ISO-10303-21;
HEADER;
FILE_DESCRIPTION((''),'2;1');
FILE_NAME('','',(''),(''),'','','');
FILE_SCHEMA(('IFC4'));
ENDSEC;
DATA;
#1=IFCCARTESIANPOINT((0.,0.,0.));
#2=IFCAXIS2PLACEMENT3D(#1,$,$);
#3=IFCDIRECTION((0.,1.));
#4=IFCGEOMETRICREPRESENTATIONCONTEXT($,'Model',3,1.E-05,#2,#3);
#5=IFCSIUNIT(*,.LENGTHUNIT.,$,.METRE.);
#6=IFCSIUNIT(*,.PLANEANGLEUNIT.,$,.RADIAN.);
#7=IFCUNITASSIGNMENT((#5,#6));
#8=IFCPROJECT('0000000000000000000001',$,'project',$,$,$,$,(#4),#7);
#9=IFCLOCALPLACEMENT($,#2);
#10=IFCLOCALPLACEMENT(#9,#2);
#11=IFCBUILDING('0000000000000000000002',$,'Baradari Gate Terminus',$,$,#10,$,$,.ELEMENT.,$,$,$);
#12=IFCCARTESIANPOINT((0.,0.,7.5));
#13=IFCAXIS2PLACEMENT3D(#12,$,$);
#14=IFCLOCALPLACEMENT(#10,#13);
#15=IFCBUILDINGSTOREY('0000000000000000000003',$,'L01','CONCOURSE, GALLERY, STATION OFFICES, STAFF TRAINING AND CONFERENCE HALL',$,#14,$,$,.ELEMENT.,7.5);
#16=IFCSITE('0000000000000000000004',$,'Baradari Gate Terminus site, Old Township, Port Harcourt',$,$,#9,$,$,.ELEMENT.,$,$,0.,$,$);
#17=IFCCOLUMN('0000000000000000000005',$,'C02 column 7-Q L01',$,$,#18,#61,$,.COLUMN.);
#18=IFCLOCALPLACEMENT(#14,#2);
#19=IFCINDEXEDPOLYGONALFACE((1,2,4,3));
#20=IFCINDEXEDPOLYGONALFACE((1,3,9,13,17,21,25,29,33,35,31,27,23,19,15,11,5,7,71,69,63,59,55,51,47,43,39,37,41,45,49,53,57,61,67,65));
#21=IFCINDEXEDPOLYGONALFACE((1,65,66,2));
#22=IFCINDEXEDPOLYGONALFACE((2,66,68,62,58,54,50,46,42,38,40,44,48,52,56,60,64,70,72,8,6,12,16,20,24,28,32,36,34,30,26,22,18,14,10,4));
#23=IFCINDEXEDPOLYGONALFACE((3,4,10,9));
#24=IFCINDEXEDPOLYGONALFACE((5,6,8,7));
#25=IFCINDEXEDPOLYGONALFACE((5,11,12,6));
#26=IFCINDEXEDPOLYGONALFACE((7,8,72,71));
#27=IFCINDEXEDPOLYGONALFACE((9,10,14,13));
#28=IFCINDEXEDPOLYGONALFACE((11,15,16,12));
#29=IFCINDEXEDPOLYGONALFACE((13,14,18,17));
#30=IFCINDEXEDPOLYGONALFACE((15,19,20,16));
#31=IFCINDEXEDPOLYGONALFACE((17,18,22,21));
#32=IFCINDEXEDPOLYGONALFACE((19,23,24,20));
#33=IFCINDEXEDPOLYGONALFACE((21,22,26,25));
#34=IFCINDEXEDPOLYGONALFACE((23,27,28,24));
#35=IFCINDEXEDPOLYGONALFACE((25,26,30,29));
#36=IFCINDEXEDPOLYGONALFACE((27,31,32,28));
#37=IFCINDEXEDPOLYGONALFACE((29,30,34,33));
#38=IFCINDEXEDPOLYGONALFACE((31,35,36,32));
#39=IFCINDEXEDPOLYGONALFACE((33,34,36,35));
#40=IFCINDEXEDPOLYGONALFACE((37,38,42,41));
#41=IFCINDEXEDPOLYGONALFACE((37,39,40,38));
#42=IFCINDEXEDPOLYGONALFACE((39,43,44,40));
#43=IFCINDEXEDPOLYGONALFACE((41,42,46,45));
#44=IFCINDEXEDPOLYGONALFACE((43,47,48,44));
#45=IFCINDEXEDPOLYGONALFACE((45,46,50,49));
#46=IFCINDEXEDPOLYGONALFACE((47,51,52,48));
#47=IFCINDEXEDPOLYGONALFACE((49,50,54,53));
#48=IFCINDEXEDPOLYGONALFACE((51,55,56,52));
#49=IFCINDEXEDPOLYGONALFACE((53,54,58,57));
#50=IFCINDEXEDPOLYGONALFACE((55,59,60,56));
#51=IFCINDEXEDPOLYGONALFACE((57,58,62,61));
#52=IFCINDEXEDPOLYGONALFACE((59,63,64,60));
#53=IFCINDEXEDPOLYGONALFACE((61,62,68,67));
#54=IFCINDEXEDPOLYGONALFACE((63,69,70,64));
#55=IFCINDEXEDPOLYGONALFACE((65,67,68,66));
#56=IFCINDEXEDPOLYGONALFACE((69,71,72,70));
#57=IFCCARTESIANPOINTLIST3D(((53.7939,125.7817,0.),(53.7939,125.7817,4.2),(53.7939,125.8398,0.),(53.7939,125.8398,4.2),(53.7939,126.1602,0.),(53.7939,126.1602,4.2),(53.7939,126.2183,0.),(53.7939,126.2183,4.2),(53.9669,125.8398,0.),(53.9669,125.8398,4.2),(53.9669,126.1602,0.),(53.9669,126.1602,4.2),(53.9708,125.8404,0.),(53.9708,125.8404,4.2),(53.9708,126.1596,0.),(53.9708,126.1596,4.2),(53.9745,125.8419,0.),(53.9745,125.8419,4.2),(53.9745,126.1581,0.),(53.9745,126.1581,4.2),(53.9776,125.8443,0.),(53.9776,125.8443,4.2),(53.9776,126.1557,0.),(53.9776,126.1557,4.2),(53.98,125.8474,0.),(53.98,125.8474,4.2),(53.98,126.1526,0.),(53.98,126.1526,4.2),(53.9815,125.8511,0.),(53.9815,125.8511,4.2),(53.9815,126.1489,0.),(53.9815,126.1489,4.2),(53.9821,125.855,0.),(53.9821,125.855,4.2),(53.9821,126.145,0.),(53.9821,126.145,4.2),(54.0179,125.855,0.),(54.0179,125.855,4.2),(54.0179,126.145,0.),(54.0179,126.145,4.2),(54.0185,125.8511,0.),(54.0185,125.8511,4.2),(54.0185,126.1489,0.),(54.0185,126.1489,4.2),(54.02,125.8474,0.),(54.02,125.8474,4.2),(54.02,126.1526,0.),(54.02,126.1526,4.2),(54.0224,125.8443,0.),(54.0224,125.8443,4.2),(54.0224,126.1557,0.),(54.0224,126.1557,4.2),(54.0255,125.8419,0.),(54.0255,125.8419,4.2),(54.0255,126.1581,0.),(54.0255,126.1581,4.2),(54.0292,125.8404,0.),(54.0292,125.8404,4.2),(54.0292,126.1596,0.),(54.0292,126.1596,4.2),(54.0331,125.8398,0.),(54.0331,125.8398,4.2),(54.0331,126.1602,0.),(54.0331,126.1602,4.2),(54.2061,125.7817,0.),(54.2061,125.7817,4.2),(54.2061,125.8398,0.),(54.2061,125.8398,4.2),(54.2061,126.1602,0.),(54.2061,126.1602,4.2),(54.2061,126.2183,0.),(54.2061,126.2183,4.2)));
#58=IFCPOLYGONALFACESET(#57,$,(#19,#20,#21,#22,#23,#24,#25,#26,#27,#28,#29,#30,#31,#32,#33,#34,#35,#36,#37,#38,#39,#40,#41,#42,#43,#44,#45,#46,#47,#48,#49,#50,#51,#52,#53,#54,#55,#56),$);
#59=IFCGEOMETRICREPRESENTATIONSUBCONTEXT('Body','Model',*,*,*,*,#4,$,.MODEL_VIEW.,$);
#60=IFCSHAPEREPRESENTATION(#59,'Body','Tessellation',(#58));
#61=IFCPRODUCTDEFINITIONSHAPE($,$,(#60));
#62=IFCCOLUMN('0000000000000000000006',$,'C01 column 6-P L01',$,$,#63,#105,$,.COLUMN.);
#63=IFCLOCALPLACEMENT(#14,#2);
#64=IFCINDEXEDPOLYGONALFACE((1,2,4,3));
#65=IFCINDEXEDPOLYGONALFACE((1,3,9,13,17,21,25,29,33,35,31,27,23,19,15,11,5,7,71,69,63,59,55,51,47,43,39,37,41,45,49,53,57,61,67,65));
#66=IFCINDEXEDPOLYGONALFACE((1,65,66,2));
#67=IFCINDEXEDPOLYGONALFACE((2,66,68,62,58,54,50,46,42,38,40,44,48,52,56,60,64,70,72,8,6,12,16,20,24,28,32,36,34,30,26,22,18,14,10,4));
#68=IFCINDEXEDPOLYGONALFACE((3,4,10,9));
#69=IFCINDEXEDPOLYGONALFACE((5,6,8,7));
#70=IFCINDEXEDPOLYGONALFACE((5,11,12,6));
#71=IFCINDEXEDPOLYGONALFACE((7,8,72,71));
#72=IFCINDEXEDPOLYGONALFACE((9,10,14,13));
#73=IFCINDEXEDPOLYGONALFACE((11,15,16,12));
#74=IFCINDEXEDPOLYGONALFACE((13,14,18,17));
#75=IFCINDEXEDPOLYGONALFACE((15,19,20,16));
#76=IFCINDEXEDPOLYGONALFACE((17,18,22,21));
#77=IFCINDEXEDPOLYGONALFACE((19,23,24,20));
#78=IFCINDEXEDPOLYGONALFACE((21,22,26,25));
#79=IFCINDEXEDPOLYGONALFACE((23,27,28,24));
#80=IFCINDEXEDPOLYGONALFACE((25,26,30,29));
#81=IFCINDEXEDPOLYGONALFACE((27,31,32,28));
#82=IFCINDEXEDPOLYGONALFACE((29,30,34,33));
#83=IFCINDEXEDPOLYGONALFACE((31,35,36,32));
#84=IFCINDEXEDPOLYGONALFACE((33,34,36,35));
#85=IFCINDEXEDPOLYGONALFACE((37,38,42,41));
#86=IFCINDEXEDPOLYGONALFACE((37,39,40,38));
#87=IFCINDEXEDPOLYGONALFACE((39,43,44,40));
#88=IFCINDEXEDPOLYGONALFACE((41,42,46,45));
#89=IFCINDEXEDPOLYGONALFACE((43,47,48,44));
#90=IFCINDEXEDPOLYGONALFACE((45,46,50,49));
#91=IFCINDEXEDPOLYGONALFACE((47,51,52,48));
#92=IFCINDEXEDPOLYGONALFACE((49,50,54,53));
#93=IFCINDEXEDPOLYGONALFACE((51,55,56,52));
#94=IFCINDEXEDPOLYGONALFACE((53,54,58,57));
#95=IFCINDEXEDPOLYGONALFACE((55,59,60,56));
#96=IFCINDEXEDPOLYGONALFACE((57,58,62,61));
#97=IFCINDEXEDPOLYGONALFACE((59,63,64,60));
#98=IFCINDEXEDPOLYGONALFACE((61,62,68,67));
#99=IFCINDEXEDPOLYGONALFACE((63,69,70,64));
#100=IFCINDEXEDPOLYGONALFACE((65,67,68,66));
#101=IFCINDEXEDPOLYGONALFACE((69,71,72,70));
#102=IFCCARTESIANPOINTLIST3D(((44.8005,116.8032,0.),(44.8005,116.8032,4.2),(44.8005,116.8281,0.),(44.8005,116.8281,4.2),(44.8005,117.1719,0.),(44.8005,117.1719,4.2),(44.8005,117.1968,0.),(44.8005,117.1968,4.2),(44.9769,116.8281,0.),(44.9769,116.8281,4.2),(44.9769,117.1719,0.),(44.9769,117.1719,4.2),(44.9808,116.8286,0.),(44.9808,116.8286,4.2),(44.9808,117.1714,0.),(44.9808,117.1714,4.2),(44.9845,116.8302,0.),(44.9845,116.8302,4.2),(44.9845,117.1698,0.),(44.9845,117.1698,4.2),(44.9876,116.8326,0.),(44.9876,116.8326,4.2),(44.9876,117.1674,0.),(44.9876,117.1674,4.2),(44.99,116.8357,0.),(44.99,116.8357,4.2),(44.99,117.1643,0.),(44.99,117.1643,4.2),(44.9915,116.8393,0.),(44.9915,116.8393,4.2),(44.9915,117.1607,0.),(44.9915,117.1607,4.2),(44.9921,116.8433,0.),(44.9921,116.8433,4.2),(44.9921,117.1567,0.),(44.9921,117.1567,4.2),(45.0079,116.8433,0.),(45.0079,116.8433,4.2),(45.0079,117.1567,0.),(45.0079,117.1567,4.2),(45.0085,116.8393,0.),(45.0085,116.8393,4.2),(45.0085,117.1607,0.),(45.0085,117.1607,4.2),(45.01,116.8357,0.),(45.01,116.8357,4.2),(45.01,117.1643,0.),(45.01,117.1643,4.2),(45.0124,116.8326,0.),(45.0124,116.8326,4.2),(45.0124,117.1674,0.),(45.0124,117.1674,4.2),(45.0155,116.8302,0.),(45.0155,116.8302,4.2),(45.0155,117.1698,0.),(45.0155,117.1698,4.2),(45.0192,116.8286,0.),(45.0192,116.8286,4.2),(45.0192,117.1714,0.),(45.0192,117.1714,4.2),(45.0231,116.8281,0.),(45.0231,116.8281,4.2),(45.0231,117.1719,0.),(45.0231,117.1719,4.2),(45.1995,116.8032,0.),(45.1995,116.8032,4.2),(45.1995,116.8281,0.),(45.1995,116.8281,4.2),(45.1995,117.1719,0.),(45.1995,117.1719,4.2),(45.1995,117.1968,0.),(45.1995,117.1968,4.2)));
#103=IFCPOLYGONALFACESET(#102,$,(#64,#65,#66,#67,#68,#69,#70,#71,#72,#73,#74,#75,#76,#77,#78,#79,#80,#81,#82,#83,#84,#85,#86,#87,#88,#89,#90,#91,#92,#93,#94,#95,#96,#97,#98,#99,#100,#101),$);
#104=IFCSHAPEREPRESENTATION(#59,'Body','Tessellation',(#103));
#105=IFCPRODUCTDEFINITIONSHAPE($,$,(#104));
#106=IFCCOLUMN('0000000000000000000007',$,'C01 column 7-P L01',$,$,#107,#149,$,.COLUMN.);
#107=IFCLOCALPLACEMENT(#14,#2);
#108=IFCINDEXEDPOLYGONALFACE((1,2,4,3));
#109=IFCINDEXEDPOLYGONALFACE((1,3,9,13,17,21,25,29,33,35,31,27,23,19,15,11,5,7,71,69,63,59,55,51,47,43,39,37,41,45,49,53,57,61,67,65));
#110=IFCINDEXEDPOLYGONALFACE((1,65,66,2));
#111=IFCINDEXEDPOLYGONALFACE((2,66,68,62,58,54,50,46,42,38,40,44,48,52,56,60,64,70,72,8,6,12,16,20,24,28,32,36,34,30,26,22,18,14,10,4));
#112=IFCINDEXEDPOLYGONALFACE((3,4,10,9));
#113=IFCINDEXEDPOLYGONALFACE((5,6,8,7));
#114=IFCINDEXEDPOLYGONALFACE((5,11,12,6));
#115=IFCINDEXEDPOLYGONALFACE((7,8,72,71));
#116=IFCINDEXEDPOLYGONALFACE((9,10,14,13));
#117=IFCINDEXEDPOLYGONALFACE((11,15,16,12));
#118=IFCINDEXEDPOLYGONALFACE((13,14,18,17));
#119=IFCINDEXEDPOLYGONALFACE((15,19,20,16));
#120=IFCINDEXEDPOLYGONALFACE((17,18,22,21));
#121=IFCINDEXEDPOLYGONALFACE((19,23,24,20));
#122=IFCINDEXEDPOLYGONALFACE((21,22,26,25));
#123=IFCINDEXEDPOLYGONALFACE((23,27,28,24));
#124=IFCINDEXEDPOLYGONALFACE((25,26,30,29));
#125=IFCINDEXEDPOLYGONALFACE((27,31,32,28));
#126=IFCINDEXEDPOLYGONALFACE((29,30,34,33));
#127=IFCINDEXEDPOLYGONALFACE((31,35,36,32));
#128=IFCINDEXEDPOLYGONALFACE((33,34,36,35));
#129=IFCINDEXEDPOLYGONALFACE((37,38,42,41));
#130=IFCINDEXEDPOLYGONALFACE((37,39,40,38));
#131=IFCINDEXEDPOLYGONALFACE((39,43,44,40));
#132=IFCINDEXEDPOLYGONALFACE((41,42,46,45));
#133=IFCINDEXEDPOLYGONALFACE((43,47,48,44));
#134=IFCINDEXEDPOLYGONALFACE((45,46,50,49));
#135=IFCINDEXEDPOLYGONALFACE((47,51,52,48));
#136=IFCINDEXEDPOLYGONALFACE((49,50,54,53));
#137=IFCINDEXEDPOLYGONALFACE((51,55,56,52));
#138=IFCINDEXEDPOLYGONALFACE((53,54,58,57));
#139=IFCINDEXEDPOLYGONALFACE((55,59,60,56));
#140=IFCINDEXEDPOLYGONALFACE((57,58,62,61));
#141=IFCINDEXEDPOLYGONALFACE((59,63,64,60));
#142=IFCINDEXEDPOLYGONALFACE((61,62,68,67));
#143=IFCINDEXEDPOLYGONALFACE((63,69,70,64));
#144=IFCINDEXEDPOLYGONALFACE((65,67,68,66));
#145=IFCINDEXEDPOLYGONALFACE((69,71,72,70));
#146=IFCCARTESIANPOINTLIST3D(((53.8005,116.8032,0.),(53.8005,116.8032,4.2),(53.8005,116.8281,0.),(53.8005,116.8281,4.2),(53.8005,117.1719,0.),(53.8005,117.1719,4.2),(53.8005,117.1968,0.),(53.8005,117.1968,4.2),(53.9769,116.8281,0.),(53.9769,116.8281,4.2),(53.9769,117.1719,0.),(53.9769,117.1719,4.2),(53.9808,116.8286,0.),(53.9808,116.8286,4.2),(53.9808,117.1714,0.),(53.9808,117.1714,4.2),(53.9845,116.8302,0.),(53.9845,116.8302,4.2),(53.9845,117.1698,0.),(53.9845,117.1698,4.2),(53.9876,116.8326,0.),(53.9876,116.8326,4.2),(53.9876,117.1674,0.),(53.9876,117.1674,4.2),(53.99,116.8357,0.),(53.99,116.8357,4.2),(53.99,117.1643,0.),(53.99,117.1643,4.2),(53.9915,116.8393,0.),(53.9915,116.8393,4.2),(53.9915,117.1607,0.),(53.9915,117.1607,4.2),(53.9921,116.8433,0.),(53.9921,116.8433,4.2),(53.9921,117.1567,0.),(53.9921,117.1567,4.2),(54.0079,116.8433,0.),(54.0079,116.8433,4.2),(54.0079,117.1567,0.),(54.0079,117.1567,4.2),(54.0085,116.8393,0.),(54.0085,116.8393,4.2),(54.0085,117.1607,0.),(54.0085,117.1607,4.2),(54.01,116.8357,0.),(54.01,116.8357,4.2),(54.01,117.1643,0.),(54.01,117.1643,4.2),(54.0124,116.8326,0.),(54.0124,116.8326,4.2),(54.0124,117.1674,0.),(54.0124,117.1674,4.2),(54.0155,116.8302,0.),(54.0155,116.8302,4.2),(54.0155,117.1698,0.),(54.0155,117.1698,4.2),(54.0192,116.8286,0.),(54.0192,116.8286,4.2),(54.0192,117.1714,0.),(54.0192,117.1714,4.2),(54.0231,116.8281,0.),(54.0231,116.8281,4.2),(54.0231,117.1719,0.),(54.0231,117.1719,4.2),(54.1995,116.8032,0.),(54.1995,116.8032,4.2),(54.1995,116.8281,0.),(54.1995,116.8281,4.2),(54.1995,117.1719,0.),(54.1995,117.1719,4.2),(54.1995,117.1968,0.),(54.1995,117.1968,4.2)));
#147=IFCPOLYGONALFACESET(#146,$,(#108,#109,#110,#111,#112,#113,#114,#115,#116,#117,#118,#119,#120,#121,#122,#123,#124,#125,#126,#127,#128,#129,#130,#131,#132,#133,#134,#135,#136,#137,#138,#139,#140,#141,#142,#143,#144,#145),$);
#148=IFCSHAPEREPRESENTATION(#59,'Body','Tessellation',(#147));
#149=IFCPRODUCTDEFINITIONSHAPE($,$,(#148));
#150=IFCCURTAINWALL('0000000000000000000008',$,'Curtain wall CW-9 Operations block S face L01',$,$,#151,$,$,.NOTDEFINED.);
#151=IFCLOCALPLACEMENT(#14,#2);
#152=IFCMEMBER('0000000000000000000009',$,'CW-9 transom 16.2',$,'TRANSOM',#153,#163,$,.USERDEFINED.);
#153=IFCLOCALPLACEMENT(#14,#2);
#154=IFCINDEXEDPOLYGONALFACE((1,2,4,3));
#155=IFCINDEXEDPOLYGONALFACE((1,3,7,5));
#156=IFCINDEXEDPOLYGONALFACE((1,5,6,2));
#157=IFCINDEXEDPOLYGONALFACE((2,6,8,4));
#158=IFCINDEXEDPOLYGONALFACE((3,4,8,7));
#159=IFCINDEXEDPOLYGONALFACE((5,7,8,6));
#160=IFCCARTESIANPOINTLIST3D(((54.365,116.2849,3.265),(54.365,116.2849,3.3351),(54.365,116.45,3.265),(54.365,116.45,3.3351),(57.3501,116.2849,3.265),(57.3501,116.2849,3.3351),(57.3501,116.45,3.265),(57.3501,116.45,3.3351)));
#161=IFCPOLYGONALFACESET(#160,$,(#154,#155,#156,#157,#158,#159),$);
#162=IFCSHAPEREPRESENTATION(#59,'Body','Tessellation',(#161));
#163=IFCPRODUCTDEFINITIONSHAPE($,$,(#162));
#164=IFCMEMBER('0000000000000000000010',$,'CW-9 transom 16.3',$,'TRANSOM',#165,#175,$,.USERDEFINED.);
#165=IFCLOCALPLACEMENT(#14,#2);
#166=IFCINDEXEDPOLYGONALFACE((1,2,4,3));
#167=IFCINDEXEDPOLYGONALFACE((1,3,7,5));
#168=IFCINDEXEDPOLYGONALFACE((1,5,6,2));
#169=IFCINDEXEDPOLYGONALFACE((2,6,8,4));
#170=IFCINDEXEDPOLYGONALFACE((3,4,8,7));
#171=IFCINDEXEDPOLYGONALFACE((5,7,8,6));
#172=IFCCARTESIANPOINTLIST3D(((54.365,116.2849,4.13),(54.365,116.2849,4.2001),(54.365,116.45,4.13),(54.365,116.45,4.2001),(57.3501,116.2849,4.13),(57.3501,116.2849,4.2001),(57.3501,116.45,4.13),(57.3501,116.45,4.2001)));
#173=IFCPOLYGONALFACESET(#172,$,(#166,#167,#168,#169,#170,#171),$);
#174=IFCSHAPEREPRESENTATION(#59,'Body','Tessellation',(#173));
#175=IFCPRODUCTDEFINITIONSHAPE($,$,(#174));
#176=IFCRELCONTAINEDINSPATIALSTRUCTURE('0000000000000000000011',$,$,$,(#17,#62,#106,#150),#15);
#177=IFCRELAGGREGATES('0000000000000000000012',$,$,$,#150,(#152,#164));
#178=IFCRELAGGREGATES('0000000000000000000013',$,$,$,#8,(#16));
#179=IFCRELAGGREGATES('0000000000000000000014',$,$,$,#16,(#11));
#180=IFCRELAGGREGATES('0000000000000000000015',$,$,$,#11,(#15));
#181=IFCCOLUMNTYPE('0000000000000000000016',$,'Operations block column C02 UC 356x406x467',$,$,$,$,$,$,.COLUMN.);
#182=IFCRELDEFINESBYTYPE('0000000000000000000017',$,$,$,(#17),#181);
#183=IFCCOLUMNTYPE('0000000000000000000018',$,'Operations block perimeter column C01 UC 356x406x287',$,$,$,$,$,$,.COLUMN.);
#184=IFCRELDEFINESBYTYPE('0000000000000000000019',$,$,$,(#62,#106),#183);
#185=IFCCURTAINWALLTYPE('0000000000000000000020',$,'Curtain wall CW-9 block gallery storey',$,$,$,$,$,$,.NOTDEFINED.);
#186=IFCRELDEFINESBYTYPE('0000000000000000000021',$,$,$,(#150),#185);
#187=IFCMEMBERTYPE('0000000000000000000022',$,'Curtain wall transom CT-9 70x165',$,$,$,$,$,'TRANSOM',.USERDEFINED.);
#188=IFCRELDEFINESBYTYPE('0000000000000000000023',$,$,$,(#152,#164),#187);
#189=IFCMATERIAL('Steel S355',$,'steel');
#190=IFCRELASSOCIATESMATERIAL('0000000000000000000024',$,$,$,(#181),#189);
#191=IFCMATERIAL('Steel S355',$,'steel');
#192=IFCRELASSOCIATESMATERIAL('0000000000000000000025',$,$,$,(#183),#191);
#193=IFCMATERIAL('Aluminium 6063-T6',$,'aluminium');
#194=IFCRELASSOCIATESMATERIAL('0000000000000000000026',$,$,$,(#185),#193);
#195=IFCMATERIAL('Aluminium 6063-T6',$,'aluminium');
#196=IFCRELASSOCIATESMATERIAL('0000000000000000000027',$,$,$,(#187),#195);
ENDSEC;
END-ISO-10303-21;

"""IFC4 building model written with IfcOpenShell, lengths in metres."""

from ifc_helpers import new_model, si_unit, direction, frame, origin, origin_2d, place, context, subcontext, project, spatial, rectangle, i_section, extrude, material, material_profile, profile_set, type_object, element, aggregate, save


model = new_model("IFC4")

# Units and contexts
model_context = context("Model", 3, precision=1e-05, world=origin(), true_north=direction((0.0, 1.0)))
body_context = subcontext(model_context, "Body", "Model", "MODEL_VIEW")
ifc_project = project(units=[si_unit("LENGTHUNIT", "METRE"), si_unit("PLANEANGLEUNIT", "RADIAN")], contexts=[model_context])

# Site, building, storey
site_placement = place(None, origin())
site = spatial("IfcSite", under=ifc_project, at=site_placement, Name="Baradari Gate Terminus site, Old Township, Port Harcourt", CompositionType="ELEMENT", RefElevation=0.0)
building_placement = place(site_placement, origin())
building = spatial("IfcBuilding", under=site, at=building_placement, Name="Baradari Gate Terminus", CompositionType="ELEMENT")
storey_placement = place(building_placement, frame((0.0, 0.0, 7.5)))
storey = spatial("IfcBuildingStorey", under=building, at=storey_placement, Name="L01", Description="CONCOURSE, GALLERY, STATION OFFICES, STAFF TRAINING AND CONFERENCE HALL", CompositionType="ELEMENT", Elevation=7.5)

# Columns
ifc_material_1 = material(Name="Steel S355", Category="steel")
ifc_material_profile_1 = material_profile(ifc_material_1, i_section(OverallWidth=0.4121, OverallDepth=0.4365, WebThickness=0.0359, FlangeThickness=0.0581, FilletRadius=0.0151, at=origin_2d()), Name="UC 356x406x467")
ifc_profile_set_1 = profile_set([ifc_material_profile_1], Name="Steel S355")
column_type_1 = type_object("IfcColumnType", Name="Operations block column C02 UC 356x406x467", PredefinedType="COLUMN", material=ifc_profile_set_1)
column_placement = place(storey_placement, frame((54.0, 126.0, 0.0), z_axis=(0.0, 0.0, 1.0), x_axis=(1.0, 0.0, 0.0)))
element("IfcColumn", 1, at=column_placement, inside=storey, type_object=column_type_1, Name="C02 column 7-Q L01", PredefinedType="COLUMN", context=body_context, shape_type="SweptSolid", body=[
    extrude(i_section(OverallWidth=0.4121, OverallDepth=0.4365, WebThickness=0.0359, FlangeThickness=0.0581, FilletRadius=0.0151, at=origin_2d()), origin(), (0.0, 0.0, 1.0), 4.2),
])
ifc_material_2 = material(Name="Steel S355", Category="steel")
ifc_material_profile_2 = material_profile(ifc_material_2, i_section(OverallWidth=0.3989, OverallDepth=0.3936, WebThickness=0.0159, FlangeThickness=0.0249, FilletRadius=0.0151, at=origin_2d()), Name="UC 356x406x287")
ifc_profile_set_2 = profile_set([ifc_material_profile_2], Name="Steel S355")
column_type_2 = type_object("IfcColumnType", Name="Operations block perimeter column C01 UC 356x406x287", PredefinedType="COLUMN", material=ifc_profile_set_2)
for number, where, z_axis, x_axis, name in (
    (2, (45.0, 117.0, 0.0), (0.0, 0.0, 1.0), (1.0, 0.0, 0.0), "C01 column 6-P L01"),
    (3, (54.0, 117.0, 0.0), (0.0, 0.0, 1.0), (1.0, 0.0, 0.0), "C01 column 7-P L01"),
):
    element("IfcColumn", number, at=place(storey_placement, frame(where, z_axis=z_axis, x_axis=x_axis)), inside=storey, type_object=column_type_2, Name=name, PredefinedType="COLUMN", context=body_context, shape_type="SweptSolid", body=[
        extrude(i_section(OverallWidth=0.3989, OverallDepth=0.3936, WebThickness=0.0159, FlangeThickness=0.0249, FilletRadius=0.0151, at=origin_2d()), origin(), (0.0, 0.0, 1.0), 4.2),
    ])

# Curtain wall, members
ifc_material_3 = material(Name="Aluminium 6063-T6", Category="aluminium")
curtain_wall_type = type_object("IfcCurtainWallType", Name="Curtain wall CW-9 block gallery storey", PredefinedType="NOTDEFINED", material=ifc_material_3)
curtain_wall_placement = place(storey_placement, origin())
curtain_wall = element("IfcCurtainWall", 4, at=curtain_wall_placement, inside=storey, type_object=curtain_wall_type, Name="Curtain wall CW-9 Operations block S face L01", PredefinedType="NOTDEFINED")
ifc_material_4 = material(Name="Aluminium 6063-T6", Category="aluminium")
ifc_material_profile_3 = material_profile(ifc_material_4, rectangle(XDim=0.165, YDim=0.0701, at=origin_2d()), Name="CT-9 70X165")
ifc_profile_set_3 = profile_set([ifc_material_profile_3], Name="Aluminium 6063-T6")
member_type = type_object("IfcMemberType", Name="Curtain wall transom CT-9 70x165", ElementType="TRANSOM", PredefinedType="USERDEFINED", material=ifc_profile_set_3)
member_1_placement = place(storey_placement, frame((54.365, 116.3674, 3.3), z_axis=(1.0, 0.0, 0.0), x_axis=(0.0, 1.0, 0.0)))
member_1 = element("IfcMember", 5, at=member_1_placement, type_object=member_type, Name="CW-9 transom 16.2", ObjectType="TRANSOM", PredefinedType="USERDEFINED", context=body_context, shape_type="SweptSolid", body=[
    extrude(rectangle(XDim=0.165, YDim=0.0701, at=origin_2d()), origin(), (0.0, 0.0, 1.0), 2.9851),
])
member_2_placement = place(storey_placement, frame((54.365, 116.3674, 4.165), z_axis=(1.0, 0.0, 0.0), x_axis=(0.0, 1.0, 0.0)))
member_2 = element("IfcMember", 6, at=member_2_placement, type_object=member_type, Name="CW-9 transom 16.3", ObjectType="TRANSOM", PredefinedType="USERDEFINED", context=body_context, shape_type="SweptSolid", body=[
    extrude(rectangle(XDim=0.165, YDim=0.0701, at=origin_2d()), origin(), (0.0, 0.0, 1.0), 2.9851),
])
aggregate(curtain_wall, [member_1, member_2])

save(model, "model.ifc")
